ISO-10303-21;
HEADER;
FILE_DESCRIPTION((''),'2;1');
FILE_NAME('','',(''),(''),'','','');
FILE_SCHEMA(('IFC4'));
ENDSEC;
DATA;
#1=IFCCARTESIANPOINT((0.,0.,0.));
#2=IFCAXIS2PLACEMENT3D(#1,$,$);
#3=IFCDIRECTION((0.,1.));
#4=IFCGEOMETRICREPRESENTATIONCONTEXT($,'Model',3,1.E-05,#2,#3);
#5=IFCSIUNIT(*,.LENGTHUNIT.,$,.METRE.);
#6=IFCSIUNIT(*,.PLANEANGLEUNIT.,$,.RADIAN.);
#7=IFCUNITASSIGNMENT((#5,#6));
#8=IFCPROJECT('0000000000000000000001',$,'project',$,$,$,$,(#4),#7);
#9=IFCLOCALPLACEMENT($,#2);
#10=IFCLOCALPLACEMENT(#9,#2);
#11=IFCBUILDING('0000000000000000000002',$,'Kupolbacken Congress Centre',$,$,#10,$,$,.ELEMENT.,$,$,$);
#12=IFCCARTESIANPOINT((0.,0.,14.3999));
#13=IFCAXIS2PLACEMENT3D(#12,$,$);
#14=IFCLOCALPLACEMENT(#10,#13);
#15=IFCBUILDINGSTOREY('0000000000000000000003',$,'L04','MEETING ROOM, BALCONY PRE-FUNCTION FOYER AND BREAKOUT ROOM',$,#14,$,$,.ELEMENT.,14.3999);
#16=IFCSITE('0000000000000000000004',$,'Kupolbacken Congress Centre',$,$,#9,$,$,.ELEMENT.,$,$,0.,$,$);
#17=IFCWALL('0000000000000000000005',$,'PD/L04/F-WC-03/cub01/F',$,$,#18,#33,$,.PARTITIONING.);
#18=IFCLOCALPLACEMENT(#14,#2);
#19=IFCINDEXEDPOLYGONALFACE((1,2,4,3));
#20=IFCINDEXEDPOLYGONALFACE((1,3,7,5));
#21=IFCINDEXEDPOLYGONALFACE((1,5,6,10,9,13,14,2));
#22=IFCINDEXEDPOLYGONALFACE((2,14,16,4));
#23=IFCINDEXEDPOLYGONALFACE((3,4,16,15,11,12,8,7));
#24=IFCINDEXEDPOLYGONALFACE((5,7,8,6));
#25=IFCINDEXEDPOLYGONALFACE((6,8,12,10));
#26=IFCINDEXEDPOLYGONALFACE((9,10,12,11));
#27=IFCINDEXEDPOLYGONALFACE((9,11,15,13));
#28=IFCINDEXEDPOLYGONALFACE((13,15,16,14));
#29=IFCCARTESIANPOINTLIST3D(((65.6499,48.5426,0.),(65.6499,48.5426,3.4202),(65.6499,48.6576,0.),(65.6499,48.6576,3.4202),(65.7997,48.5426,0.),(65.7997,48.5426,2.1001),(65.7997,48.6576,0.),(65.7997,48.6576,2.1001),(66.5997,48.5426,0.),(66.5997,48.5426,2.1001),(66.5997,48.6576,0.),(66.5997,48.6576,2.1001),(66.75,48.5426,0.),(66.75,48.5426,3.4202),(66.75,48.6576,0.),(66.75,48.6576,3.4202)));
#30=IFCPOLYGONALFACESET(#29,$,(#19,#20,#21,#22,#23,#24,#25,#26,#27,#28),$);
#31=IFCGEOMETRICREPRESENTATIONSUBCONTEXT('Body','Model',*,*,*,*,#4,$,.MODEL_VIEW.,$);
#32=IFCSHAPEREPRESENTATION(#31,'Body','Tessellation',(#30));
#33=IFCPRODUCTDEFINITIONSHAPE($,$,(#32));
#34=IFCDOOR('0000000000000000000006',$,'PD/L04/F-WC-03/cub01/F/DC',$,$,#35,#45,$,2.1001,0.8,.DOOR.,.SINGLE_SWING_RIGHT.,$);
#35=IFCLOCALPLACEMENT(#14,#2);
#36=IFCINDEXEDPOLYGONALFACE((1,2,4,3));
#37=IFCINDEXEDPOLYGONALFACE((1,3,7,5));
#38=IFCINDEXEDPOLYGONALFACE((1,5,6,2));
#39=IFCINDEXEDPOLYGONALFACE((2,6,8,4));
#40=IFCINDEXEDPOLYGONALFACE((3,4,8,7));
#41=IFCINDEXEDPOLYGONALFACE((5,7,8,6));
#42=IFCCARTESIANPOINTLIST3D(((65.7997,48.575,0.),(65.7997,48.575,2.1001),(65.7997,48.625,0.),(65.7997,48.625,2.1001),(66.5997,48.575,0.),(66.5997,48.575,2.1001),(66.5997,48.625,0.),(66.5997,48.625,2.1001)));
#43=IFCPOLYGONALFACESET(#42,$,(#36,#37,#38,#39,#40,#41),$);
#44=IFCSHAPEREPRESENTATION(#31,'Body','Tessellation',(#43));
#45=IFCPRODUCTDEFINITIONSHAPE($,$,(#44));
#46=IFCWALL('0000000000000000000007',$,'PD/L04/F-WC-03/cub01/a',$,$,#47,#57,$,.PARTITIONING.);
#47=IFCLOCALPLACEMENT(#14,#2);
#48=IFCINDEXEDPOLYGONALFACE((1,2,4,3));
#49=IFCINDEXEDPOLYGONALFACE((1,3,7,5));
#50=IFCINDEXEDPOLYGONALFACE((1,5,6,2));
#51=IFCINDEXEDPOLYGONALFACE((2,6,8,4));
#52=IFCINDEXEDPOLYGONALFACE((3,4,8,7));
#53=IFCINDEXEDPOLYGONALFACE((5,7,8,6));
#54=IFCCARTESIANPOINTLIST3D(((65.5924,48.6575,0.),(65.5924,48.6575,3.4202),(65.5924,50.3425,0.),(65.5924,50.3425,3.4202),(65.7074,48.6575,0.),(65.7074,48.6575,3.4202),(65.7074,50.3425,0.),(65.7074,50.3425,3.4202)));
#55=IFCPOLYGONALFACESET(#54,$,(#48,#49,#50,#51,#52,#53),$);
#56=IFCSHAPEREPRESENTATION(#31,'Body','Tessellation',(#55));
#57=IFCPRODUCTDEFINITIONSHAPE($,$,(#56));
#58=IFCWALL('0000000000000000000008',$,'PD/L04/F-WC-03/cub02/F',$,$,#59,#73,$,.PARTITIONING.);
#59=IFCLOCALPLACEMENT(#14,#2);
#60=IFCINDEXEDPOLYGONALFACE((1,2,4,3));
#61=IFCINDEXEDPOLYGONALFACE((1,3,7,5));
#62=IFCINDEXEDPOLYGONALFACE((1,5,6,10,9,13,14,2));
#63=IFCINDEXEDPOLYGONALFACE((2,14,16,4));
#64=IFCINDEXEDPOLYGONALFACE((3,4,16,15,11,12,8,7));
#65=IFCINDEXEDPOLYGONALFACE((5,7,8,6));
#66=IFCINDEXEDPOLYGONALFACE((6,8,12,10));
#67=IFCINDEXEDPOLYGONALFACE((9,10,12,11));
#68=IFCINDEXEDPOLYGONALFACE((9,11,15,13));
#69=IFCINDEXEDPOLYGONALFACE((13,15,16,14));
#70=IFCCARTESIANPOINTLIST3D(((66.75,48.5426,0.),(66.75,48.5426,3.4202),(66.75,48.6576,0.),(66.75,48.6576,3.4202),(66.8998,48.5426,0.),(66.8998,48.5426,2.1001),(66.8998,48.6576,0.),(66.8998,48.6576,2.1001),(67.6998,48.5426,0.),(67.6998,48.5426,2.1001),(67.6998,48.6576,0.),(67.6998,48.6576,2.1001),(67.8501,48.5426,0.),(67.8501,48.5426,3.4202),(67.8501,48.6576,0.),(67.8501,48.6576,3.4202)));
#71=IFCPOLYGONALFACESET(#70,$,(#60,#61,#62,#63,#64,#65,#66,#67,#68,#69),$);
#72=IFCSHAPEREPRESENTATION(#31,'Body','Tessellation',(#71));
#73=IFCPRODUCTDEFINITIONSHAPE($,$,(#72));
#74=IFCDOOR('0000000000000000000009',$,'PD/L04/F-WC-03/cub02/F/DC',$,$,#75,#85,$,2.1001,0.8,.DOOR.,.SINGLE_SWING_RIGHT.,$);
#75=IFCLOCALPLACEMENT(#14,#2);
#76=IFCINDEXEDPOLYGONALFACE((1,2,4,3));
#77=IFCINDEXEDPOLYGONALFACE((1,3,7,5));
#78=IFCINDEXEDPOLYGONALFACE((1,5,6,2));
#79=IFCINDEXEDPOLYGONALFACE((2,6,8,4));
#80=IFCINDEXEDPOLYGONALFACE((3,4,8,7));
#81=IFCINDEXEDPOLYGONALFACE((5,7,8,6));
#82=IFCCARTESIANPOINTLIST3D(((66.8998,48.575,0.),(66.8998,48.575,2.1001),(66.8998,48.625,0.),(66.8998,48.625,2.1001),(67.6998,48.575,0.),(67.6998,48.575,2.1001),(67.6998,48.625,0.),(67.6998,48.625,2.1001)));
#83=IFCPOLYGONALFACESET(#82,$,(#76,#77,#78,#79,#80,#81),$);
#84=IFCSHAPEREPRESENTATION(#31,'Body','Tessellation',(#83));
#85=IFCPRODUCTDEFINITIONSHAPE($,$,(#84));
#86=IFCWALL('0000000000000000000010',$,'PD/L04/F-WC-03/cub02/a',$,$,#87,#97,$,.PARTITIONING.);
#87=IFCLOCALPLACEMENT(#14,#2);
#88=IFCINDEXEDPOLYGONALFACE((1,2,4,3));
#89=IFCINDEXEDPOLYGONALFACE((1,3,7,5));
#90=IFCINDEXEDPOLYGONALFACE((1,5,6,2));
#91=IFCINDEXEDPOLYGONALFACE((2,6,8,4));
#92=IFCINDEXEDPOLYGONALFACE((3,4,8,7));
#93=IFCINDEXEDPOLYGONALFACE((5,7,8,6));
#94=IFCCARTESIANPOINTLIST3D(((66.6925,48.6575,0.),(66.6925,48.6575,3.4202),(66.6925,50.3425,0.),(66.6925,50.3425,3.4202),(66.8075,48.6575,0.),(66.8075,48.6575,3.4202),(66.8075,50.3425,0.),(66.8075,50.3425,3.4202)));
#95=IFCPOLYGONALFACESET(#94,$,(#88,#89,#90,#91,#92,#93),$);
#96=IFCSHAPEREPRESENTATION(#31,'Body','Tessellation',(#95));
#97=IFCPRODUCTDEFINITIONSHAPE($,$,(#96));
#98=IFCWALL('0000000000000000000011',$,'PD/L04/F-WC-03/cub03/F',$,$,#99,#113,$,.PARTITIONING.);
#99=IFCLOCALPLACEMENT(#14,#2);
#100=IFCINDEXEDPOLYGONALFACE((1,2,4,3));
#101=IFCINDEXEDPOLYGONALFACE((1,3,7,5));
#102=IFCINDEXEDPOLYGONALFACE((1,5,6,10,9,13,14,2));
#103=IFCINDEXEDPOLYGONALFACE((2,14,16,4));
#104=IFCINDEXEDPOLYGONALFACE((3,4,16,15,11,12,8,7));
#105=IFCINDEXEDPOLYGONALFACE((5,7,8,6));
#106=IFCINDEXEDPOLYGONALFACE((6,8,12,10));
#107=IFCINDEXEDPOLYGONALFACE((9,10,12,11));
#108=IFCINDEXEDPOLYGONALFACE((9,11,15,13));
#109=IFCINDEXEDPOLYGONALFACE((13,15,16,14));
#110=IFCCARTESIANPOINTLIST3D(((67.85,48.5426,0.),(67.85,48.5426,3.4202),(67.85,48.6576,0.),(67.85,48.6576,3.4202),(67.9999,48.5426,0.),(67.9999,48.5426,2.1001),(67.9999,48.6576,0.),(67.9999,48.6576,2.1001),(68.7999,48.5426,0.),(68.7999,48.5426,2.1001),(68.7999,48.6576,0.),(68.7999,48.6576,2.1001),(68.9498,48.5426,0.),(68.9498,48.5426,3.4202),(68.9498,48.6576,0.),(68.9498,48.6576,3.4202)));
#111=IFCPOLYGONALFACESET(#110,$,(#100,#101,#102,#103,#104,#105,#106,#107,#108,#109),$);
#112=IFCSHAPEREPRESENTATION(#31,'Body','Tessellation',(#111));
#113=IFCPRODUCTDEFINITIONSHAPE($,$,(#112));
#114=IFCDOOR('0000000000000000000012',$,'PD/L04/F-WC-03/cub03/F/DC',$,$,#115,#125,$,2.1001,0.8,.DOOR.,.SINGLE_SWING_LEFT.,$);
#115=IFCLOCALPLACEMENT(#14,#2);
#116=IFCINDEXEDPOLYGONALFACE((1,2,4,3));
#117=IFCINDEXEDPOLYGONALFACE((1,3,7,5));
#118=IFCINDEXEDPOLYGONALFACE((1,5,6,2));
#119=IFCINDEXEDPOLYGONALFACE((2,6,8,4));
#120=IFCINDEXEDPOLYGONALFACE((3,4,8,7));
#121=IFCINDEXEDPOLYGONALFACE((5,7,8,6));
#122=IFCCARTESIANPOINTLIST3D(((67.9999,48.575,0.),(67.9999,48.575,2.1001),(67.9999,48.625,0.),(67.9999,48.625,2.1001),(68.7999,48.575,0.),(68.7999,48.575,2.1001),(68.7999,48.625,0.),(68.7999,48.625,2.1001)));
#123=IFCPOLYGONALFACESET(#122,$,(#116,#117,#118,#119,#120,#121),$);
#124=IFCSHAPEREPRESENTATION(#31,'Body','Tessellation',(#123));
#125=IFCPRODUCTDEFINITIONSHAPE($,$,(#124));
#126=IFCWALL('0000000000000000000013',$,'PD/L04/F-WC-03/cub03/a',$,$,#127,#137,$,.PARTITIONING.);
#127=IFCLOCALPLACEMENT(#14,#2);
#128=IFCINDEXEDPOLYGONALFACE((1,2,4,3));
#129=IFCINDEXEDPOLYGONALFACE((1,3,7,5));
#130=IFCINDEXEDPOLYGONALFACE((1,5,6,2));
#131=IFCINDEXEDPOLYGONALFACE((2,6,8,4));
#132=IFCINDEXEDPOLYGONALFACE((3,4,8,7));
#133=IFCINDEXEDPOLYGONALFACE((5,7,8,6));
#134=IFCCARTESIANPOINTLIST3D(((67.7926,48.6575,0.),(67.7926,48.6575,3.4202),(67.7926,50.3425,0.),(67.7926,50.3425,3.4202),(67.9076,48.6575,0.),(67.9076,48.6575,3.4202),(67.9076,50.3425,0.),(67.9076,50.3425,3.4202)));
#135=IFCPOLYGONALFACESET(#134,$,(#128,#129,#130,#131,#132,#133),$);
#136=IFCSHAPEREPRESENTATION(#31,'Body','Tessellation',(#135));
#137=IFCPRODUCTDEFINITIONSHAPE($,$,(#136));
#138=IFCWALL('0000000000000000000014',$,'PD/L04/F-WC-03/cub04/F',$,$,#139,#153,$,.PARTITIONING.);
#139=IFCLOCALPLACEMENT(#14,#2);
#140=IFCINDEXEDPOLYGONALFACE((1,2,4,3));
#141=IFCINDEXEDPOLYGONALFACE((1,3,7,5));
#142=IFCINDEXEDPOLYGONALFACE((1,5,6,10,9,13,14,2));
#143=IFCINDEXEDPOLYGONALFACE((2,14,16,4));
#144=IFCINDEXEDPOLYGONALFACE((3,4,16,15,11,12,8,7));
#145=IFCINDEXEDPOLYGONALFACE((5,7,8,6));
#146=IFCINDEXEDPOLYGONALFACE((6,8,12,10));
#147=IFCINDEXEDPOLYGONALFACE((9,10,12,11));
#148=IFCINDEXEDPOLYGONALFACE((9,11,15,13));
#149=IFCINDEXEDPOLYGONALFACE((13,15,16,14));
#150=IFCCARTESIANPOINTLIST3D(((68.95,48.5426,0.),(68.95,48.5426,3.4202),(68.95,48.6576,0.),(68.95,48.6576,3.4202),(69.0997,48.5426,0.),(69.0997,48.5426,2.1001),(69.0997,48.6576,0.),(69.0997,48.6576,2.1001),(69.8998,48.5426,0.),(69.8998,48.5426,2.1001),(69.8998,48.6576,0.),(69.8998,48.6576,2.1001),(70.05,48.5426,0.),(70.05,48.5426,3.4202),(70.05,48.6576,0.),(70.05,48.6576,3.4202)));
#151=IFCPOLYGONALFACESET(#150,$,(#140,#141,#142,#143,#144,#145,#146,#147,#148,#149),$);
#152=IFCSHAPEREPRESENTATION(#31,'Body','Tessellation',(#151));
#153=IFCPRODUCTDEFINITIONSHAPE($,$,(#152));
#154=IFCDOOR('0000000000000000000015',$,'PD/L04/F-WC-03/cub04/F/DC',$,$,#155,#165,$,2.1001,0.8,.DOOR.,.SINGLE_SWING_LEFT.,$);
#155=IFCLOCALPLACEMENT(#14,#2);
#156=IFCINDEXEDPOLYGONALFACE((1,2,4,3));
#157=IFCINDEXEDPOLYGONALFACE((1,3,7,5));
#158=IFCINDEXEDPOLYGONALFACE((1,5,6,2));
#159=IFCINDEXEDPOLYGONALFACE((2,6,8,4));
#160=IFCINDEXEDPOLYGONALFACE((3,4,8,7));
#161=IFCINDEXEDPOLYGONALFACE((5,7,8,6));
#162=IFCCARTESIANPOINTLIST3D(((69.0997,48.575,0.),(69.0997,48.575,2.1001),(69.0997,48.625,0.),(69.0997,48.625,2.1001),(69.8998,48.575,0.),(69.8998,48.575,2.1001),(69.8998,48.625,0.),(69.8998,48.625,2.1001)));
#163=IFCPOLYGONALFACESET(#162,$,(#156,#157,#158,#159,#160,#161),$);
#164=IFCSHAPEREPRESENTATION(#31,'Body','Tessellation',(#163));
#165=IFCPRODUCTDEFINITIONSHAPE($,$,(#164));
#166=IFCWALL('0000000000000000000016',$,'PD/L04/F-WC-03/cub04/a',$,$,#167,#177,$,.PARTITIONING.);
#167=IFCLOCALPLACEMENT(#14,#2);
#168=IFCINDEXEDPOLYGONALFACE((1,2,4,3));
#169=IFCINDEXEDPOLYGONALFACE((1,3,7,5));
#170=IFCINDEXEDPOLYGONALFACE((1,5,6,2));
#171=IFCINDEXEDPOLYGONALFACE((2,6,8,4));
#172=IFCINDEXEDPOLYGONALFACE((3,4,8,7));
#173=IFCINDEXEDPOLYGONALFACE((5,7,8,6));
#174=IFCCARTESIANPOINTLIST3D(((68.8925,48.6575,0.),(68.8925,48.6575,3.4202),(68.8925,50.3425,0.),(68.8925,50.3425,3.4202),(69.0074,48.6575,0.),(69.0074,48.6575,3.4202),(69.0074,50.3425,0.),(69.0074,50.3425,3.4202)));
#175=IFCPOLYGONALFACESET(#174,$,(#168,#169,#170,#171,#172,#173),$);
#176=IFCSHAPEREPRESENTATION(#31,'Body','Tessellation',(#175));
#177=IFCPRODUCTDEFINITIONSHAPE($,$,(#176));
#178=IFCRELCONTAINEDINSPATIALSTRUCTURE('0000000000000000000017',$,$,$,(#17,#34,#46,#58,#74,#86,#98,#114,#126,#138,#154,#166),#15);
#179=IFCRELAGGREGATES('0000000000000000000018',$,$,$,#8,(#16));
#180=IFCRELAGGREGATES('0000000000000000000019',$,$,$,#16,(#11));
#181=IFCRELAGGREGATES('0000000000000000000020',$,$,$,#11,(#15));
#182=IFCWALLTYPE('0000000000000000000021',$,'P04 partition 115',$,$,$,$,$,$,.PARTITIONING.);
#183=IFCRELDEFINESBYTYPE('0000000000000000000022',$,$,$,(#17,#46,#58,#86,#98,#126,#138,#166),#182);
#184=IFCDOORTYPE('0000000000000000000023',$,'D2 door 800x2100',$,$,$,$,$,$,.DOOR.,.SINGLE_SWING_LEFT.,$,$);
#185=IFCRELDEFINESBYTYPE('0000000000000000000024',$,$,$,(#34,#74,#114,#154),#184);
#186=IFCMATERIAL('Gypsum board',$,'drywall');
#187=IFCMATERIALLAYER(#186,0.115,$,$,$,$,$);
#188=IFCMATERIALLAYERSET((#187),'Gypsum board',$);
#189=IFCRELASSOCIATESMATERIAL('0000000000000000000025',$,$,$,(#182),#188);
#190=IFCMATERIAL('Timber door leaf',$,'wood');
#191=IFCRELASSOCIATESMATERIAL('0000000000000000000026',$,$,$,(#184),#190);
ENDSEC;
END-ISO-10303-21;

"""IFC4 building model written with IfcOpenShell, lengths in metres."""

from ifc_helpers import new_model, si_unit, direction, frame, frame_2d, origin, place, context, subcontext, project, spatial, rectangle, extrude, material, layer, layer_set, type_object, element, fill, save


model = new_model("IFC4")

# Units and contexts
model_context = context("Model", 3, precision=1e-05, world=origin(), true_north=direction((0.0, 1.0)))
body_context = subcontext(model_context, "Body", "Model", "MODEL_VIEW")
ifc_project = project(units=[si_unit("LENGTHUNIT", "METRE"), si_unit("PLANEANGLEUNIT", "RADIAN")], contexts=[model_context])

# Site, building, storey
site_placement = place(None, origin())
site = spatial("IfcSite", under=ifc_project, at=site_placement, Name="Kupolbacken Congress Centre", CompositionType="ELEMENT", RefElevation=0.0)
building_placement = place(site_placement, origin())
building = spatial("IfcBuilding", under=site, at=building_placement, Name="Kupolbacken Congress Centre", CompositionType="ELEMENT")
storey_placement = place(building_placement, frame((0.0, 0.0, 14.3999)))
storey = spatial("IfcBuildingStorey", under=building, at=storey_placement, Name="L04", Description="MEETING ROOM, BALCONY PRE-FUNCTION FOYER AND BREAKOUT ROOM", CompositionType="ELEMENT", Elevation=14.3999)

# Wall, opening, door
ifc_material_1 = material(Name="Gypsum board", Category="drywall")
ifc_layer_1 = layer(ifc_material_1, 0.115)
ifc_layer_set_1 = layer_set([ifc_layer_1], Name="Gypsum board")
wall_type_1 = type_object("IfcWallType", Name="P04 partition 115", PredefinedType="PARTITIONING", material=ifc_layer_set_1)
wall_1_placement = place(storey_placement, frame((65.6499, 48.6001, 0.0), z_axis=(0.0, 0.0, 1.0), x_axis=(1.0, 0.0, 0.0)))
wall_1 = element("IfcWall", 1, at=wall_1_placement, inside=storey, type_object=wall_type_1, Name="PD/L04/F-WC-03/cub01/F", PredefinedType="PARTITIONING", context=body_context, shape_type="SweptSolid", body=[
    extrude(rectangle(XDim=1.1001, YDim=0.115, at=frame_2d((0.55, 0.0))), origin(), (0.0, 0.0, 1.0), 3.4202),
])
opening_1_placement = place(wall_1_placement, frame((0.1499, 0.0, 0.0)))
opening_1 = element("IfcOpeningElement", 2, at=opening_1_placement, cuts=wall_1, PredefinedType="OPENING", context=body_context, shape_type="SweptSolid", body=[
    extrude(rectangle(XDim=0.8, YDim=2.1001, at=frame_2d((0.3999, 1.05))), frame((0.0, 0.0674, 0.0), z_axis=(0.0, -1.0, 0.0), x_axis=(1.0, 0.0, 0.0)), (0.0, 0.0, 1.0), 0.135),
])
ifc_material_2 = material(Name="Timber door leaf", Category="wood")
door_type_1 = type_object("IfcDoorType", Name="D2 door 800x2100", OperationType="SINGLE_SWING_LEFT", PredefinedType="DOOR", material=ifc_material_2)
door_1_placement = place(opening_1_placement, origin())
door_1 = element("IfcDoor", 3, at=door_1_placement, inside=storey, type_object=door_type_1, Name="PD/L04/F-WC-03/cub01/F/DC", OperationType="SINGLE_SWING_RIGHT", OverallHeight=2.1001, OverallWidth=0.8, PredefinedType="DOOR", context=body_context, shape_type="SweptSolid", body=[
    extrude(rectangle(XDim=0.8, YDim=2.1001, at=frame_2d((0.3999, 1.05))), frame((0.0, 0.0249, 0.0), z_axis=(0.0, -1.0, 0.0), x_axis=(1.0, 0.0, 0.0)), (0.0, 0.0, 1.0), 0.05),
])
fill(opening_1, door_1)

# Wall
wall_2_placement = place(storey_placement, frame((65.6499, 50.3425, 0.0), z_axis=(0.0, 0.0, 1.0), x_axis=(0.0, -1.0, 0.0)))
element("IfcWall", 4, at=wall_2_placement, inside=storey, type_object=wall_type_1, Name="PD/L04/F-WC-03/cub01/a", PredefinedType="PARTITIONING", context=body_context, shape_type="SweptSolid", body=[
    extrude(rectangle(XDim=1.6851, YDim=0.115, at=frame_2d((0.8425, 0.0))), origin(), (0.0, 0.0, 1.0), 3.4202),
])

# Wall, opening, door
wall_3_placement = place(storey_placement, frame((66.75, 48.6001, 0.0), z_axis=(0.0, 0.0, 1.0), x_axis=(1.0, 0.0, 0.0)))
wall_3 = element("IfcWall", 5, at=wall_3_placement, inside=storey, type_object=wall_type_1, Name="PD/L04/F-WC-03/cub02/F", PredefinedType="PARTITIONING", context=body_context, shape_type="SweptSolid", body=[
    extrude(rectangle(XDim=1.1001, YDim=0.115, at=frame_2d((0.55, 0.0))), origin(), (0.0, 0.0, 1.0), 3.4202),
])
opening_2_placement = place(wall_3_placement, frame((0.1499, 0.0, 0.0)))
opening_2 = element("IfcOpeningElement", 6, at=opening_2_placement, cuts=wall_3, PredefinedType="OPENING", context=body_context, shape_type="SweptSolid", body=[
    extrude(rectangle(XDim=0.8, YDim=2.1001, at=frame_2d((0.3999, 1.05))), frame((0.0, 0.0674, 0.0), z_axis=(0.0, -1.0, 0.0), x_axis=(1.0, 0.0, 0.0)), (0.0, 0.0, 1.0), 0.135),
])
door_2_placement = place(opening_2_placement, origin())
door_2 = element("IfcDoor", 7, at=door_2_placement, inside=storey, type_object=door_type_1, Name="PD/L04/F-WC-03/cub02/F/DC", OperationType="SINGLE_SWING_RIGHT", OverallHeight=2.1001, OverallWidth=0.8, PredefinedType="DOOR", context=body_context, shape_type="SweptSolid", body=[
    extrude(rectangle(XDim=0.8, YDim=2.1001, at=frame_2d((0.3999, 1.05))), frame((0.0, 0.0249, 0.0), z_axis=(0.0, -1.0, 0.0), x_axis=(1.0, 0.0, 0.0)), (0.0, 0.0, 1.0), 0.05),
])
fill(opening_2, door_2)

# Wall
wall_4_placement = place(storey_placement, frame((66.75, 50.3425, 0.0), z_axis=(0.0, 0.0, 1.0), x_axis=(0.0, -1.0, 0.0)))
element("IfcWall", 8, at=wall_4_placement, inside=storey, type_object=wall_type_1, Name="PD/L04/F-WC-03/cub02/a", PredefinedType="PARTITIONING", context=body_context, shape_type="SweptSolid", body=[
    extrude(rectangle(XDim=1.6851, YDim=0.115, at=frame_2d((0.8425, 0.0))), origin(), (0.0, 0.0, 1.0), 3.4202),
])

# Wall, opening, door
wall_5_placement = place(storey_placement, frame((67.8501, 48.6001, 0.0), z_axis=(0.0, 0.0, 1.0), x_axis=(1.0, 0.0, 0.0)))
wall_5 = element("IfcWall", 9, at=wall_5_placement, inside=storey, type_object=wall_type_1, Name="PD/L04/F-WC-03/cub03/F", PredefinedType="PARTITIONING", context=body_context, shape_type="SweptSolid", body=[
    extrude(rectangle(XDim=1.0999, YDim=0.115, at=frame_2d((0.5498, 0.0))), origin(), (0.0, 0.0, 1.0), 3.4202),
])
opening_3_placement = place(wall_5_placement, frame((0.1499, 0.0, 0.0)))
opening_3 = element("IfcOpeningElement", 10, at=opening_3_placement, cuts=wall_5, PredefinedType="OPENING", context=body_context, shape_type="SweptSolid", body=[
    extrude(rectangle(XDim=0.8, YDim=2.1001, at=frame_2d((0.3999, 1.05))), frame((0.0, 0.0674, 0.0), z_axis=(0.0, -1.0, 0.0), x_axis=(1.0, 0.0, 0.0)), (0.0, 0.0, 1.0), 0.135),
])
door_3_placement = place(opening_3_placement, origin())
door_3 = element("IfcDoor", 11, at=door_3_placement, inside=storey, type_object=door_type_1, Name="PD/L04/F-WC-03/cub03/F/DC", OperationType="SINGLE_SWING_LEFT", OverallHeight=2.1001, OverallWidth=0.8, PredefinedType="DOOR", context=body_context, shape_type="SweptSolid", body=[
    extrude(rectangle(XDim=0.8, YDim=2.1001, at=frame_2d((0.3999, 1.05))), frame((0.0, 0.0249, 0.0), z_axis=(0.0, -1.0, 0.0), x_axis=(1.0, 0.0, 0.0)), (0.0, 0.0, 1.0), 0.05),
])
fill(opening_3, door_3)

# Wall
wall_6_placement = place(storey_placement, frame((67.8501, 50.3425, 0.0), z_axis=(0.0, 0.0, 1.0), x_axis=(0.0, -1.0, 0.0)))
element("IfcWall", 12, at=wall_6_placement, inside=storey, type_object=wall_type_1, Name="PD/L04/F-WC-03/cub03/a", PredefinedType="PARTITIONING", context=body_context, shape_type="SweptSolid", body=[
    extrude(rectangle(XDim=1.6851, YDim=0.115, at=frame_2d((0.8425, 0.0))), origin(), (0.0, 0.0, 1.0), 3.4202),
])

# Wall, opening, door
wall_7_placement = place(storey_placement, frame((68.95, 48.6001, 0.0), z_axis=(0.0, 0.0, 1.0), x_axis=(1.0, 0.0, 0.0)))
wall_7 = element("IfcWall", 13, at=wall_7_placement, inside=storey, type_object=wall_type_1, Name="PD/L04/F-WC-03/cub04/F", PredefinedType="PARTITIONING", context=body_context, shape_type="SweptSolid", body=[
    extrude(rectangle(XDim=1.1001, YDim=0.115, at=frame_2d((0.55, 0.0))), origin(), (0.0, 0.0, 1.0), 3.4202),
])
opening_4_placement = place(wall_7_placement, frame((0.1499, 0.0, 0.0)))
opening_4 = element("IfcOpeningElement", 14, at=opening_4_placement, cuts=wall_7, PredefinedType="OPENING", context=body_context, shape_type="SweptSolid", body=[
    extrude(rectangle(XDim=0.8, YDim=2.1001, at=frame_2d((0.3999, 1.05))), frame((0.0, 0.0674, 0.0), z_axis=(0.0, -1.0, 0.0), x_axis=(1.0, 0.0, 0.0)), (0.0, 0.0, 1.0), 0.135),
])
door_4_placement = place(opening_4_placement, origin())
door_4 = element("IfcDoor", 15, at=door_4_placement, inside=storey, type_object=door_type_1, Name="PD/L04/F-WC-03/cub04/F/DC", OperationType="SINGLE_SWING_LEFT", OverallHeight=2.1001, OverallWidth=0.8, PredefinedType="DOOR", context=body_context, shape_type="SweptSolid", body=[
    extrude(rectangle(XDim=0.8, YDim=2.1001, at=frame_2d((0.3999, 1.05))), frame((0.0, 0.0249, 0.0), z_axis=(0.0, -1.0, 0.0), x_axis=(1.0, 0.0, 0.0)), (0.0, 0.0, 1.0), 0.05),
])
fill(opening_4, door_4)

# Wall
wall_8_placement = place(storey_placement, frame((68.95, 50.3425, 0.0), z_axis=(0.0, 0.0, 1.0), x_axis=(0.0, -1.0, 0.0)))
element("IfcWall", 16, at=wall_8_placement, inside=storey, type_object=wall_type_1, Name="PD/L04/F-WC-03/cub04/a", PredefinedType="PARTITIONING", context=body_context, shape_type="SweptSolid", body=[
    extrude(rectangle(XDim=1.6851, YDim=0.115, at=frame_2d((0.8425, 0.0))), origin(), (0.0, 0.0, 1.0), 3.4202),
])

save(model, "model.ifc")
